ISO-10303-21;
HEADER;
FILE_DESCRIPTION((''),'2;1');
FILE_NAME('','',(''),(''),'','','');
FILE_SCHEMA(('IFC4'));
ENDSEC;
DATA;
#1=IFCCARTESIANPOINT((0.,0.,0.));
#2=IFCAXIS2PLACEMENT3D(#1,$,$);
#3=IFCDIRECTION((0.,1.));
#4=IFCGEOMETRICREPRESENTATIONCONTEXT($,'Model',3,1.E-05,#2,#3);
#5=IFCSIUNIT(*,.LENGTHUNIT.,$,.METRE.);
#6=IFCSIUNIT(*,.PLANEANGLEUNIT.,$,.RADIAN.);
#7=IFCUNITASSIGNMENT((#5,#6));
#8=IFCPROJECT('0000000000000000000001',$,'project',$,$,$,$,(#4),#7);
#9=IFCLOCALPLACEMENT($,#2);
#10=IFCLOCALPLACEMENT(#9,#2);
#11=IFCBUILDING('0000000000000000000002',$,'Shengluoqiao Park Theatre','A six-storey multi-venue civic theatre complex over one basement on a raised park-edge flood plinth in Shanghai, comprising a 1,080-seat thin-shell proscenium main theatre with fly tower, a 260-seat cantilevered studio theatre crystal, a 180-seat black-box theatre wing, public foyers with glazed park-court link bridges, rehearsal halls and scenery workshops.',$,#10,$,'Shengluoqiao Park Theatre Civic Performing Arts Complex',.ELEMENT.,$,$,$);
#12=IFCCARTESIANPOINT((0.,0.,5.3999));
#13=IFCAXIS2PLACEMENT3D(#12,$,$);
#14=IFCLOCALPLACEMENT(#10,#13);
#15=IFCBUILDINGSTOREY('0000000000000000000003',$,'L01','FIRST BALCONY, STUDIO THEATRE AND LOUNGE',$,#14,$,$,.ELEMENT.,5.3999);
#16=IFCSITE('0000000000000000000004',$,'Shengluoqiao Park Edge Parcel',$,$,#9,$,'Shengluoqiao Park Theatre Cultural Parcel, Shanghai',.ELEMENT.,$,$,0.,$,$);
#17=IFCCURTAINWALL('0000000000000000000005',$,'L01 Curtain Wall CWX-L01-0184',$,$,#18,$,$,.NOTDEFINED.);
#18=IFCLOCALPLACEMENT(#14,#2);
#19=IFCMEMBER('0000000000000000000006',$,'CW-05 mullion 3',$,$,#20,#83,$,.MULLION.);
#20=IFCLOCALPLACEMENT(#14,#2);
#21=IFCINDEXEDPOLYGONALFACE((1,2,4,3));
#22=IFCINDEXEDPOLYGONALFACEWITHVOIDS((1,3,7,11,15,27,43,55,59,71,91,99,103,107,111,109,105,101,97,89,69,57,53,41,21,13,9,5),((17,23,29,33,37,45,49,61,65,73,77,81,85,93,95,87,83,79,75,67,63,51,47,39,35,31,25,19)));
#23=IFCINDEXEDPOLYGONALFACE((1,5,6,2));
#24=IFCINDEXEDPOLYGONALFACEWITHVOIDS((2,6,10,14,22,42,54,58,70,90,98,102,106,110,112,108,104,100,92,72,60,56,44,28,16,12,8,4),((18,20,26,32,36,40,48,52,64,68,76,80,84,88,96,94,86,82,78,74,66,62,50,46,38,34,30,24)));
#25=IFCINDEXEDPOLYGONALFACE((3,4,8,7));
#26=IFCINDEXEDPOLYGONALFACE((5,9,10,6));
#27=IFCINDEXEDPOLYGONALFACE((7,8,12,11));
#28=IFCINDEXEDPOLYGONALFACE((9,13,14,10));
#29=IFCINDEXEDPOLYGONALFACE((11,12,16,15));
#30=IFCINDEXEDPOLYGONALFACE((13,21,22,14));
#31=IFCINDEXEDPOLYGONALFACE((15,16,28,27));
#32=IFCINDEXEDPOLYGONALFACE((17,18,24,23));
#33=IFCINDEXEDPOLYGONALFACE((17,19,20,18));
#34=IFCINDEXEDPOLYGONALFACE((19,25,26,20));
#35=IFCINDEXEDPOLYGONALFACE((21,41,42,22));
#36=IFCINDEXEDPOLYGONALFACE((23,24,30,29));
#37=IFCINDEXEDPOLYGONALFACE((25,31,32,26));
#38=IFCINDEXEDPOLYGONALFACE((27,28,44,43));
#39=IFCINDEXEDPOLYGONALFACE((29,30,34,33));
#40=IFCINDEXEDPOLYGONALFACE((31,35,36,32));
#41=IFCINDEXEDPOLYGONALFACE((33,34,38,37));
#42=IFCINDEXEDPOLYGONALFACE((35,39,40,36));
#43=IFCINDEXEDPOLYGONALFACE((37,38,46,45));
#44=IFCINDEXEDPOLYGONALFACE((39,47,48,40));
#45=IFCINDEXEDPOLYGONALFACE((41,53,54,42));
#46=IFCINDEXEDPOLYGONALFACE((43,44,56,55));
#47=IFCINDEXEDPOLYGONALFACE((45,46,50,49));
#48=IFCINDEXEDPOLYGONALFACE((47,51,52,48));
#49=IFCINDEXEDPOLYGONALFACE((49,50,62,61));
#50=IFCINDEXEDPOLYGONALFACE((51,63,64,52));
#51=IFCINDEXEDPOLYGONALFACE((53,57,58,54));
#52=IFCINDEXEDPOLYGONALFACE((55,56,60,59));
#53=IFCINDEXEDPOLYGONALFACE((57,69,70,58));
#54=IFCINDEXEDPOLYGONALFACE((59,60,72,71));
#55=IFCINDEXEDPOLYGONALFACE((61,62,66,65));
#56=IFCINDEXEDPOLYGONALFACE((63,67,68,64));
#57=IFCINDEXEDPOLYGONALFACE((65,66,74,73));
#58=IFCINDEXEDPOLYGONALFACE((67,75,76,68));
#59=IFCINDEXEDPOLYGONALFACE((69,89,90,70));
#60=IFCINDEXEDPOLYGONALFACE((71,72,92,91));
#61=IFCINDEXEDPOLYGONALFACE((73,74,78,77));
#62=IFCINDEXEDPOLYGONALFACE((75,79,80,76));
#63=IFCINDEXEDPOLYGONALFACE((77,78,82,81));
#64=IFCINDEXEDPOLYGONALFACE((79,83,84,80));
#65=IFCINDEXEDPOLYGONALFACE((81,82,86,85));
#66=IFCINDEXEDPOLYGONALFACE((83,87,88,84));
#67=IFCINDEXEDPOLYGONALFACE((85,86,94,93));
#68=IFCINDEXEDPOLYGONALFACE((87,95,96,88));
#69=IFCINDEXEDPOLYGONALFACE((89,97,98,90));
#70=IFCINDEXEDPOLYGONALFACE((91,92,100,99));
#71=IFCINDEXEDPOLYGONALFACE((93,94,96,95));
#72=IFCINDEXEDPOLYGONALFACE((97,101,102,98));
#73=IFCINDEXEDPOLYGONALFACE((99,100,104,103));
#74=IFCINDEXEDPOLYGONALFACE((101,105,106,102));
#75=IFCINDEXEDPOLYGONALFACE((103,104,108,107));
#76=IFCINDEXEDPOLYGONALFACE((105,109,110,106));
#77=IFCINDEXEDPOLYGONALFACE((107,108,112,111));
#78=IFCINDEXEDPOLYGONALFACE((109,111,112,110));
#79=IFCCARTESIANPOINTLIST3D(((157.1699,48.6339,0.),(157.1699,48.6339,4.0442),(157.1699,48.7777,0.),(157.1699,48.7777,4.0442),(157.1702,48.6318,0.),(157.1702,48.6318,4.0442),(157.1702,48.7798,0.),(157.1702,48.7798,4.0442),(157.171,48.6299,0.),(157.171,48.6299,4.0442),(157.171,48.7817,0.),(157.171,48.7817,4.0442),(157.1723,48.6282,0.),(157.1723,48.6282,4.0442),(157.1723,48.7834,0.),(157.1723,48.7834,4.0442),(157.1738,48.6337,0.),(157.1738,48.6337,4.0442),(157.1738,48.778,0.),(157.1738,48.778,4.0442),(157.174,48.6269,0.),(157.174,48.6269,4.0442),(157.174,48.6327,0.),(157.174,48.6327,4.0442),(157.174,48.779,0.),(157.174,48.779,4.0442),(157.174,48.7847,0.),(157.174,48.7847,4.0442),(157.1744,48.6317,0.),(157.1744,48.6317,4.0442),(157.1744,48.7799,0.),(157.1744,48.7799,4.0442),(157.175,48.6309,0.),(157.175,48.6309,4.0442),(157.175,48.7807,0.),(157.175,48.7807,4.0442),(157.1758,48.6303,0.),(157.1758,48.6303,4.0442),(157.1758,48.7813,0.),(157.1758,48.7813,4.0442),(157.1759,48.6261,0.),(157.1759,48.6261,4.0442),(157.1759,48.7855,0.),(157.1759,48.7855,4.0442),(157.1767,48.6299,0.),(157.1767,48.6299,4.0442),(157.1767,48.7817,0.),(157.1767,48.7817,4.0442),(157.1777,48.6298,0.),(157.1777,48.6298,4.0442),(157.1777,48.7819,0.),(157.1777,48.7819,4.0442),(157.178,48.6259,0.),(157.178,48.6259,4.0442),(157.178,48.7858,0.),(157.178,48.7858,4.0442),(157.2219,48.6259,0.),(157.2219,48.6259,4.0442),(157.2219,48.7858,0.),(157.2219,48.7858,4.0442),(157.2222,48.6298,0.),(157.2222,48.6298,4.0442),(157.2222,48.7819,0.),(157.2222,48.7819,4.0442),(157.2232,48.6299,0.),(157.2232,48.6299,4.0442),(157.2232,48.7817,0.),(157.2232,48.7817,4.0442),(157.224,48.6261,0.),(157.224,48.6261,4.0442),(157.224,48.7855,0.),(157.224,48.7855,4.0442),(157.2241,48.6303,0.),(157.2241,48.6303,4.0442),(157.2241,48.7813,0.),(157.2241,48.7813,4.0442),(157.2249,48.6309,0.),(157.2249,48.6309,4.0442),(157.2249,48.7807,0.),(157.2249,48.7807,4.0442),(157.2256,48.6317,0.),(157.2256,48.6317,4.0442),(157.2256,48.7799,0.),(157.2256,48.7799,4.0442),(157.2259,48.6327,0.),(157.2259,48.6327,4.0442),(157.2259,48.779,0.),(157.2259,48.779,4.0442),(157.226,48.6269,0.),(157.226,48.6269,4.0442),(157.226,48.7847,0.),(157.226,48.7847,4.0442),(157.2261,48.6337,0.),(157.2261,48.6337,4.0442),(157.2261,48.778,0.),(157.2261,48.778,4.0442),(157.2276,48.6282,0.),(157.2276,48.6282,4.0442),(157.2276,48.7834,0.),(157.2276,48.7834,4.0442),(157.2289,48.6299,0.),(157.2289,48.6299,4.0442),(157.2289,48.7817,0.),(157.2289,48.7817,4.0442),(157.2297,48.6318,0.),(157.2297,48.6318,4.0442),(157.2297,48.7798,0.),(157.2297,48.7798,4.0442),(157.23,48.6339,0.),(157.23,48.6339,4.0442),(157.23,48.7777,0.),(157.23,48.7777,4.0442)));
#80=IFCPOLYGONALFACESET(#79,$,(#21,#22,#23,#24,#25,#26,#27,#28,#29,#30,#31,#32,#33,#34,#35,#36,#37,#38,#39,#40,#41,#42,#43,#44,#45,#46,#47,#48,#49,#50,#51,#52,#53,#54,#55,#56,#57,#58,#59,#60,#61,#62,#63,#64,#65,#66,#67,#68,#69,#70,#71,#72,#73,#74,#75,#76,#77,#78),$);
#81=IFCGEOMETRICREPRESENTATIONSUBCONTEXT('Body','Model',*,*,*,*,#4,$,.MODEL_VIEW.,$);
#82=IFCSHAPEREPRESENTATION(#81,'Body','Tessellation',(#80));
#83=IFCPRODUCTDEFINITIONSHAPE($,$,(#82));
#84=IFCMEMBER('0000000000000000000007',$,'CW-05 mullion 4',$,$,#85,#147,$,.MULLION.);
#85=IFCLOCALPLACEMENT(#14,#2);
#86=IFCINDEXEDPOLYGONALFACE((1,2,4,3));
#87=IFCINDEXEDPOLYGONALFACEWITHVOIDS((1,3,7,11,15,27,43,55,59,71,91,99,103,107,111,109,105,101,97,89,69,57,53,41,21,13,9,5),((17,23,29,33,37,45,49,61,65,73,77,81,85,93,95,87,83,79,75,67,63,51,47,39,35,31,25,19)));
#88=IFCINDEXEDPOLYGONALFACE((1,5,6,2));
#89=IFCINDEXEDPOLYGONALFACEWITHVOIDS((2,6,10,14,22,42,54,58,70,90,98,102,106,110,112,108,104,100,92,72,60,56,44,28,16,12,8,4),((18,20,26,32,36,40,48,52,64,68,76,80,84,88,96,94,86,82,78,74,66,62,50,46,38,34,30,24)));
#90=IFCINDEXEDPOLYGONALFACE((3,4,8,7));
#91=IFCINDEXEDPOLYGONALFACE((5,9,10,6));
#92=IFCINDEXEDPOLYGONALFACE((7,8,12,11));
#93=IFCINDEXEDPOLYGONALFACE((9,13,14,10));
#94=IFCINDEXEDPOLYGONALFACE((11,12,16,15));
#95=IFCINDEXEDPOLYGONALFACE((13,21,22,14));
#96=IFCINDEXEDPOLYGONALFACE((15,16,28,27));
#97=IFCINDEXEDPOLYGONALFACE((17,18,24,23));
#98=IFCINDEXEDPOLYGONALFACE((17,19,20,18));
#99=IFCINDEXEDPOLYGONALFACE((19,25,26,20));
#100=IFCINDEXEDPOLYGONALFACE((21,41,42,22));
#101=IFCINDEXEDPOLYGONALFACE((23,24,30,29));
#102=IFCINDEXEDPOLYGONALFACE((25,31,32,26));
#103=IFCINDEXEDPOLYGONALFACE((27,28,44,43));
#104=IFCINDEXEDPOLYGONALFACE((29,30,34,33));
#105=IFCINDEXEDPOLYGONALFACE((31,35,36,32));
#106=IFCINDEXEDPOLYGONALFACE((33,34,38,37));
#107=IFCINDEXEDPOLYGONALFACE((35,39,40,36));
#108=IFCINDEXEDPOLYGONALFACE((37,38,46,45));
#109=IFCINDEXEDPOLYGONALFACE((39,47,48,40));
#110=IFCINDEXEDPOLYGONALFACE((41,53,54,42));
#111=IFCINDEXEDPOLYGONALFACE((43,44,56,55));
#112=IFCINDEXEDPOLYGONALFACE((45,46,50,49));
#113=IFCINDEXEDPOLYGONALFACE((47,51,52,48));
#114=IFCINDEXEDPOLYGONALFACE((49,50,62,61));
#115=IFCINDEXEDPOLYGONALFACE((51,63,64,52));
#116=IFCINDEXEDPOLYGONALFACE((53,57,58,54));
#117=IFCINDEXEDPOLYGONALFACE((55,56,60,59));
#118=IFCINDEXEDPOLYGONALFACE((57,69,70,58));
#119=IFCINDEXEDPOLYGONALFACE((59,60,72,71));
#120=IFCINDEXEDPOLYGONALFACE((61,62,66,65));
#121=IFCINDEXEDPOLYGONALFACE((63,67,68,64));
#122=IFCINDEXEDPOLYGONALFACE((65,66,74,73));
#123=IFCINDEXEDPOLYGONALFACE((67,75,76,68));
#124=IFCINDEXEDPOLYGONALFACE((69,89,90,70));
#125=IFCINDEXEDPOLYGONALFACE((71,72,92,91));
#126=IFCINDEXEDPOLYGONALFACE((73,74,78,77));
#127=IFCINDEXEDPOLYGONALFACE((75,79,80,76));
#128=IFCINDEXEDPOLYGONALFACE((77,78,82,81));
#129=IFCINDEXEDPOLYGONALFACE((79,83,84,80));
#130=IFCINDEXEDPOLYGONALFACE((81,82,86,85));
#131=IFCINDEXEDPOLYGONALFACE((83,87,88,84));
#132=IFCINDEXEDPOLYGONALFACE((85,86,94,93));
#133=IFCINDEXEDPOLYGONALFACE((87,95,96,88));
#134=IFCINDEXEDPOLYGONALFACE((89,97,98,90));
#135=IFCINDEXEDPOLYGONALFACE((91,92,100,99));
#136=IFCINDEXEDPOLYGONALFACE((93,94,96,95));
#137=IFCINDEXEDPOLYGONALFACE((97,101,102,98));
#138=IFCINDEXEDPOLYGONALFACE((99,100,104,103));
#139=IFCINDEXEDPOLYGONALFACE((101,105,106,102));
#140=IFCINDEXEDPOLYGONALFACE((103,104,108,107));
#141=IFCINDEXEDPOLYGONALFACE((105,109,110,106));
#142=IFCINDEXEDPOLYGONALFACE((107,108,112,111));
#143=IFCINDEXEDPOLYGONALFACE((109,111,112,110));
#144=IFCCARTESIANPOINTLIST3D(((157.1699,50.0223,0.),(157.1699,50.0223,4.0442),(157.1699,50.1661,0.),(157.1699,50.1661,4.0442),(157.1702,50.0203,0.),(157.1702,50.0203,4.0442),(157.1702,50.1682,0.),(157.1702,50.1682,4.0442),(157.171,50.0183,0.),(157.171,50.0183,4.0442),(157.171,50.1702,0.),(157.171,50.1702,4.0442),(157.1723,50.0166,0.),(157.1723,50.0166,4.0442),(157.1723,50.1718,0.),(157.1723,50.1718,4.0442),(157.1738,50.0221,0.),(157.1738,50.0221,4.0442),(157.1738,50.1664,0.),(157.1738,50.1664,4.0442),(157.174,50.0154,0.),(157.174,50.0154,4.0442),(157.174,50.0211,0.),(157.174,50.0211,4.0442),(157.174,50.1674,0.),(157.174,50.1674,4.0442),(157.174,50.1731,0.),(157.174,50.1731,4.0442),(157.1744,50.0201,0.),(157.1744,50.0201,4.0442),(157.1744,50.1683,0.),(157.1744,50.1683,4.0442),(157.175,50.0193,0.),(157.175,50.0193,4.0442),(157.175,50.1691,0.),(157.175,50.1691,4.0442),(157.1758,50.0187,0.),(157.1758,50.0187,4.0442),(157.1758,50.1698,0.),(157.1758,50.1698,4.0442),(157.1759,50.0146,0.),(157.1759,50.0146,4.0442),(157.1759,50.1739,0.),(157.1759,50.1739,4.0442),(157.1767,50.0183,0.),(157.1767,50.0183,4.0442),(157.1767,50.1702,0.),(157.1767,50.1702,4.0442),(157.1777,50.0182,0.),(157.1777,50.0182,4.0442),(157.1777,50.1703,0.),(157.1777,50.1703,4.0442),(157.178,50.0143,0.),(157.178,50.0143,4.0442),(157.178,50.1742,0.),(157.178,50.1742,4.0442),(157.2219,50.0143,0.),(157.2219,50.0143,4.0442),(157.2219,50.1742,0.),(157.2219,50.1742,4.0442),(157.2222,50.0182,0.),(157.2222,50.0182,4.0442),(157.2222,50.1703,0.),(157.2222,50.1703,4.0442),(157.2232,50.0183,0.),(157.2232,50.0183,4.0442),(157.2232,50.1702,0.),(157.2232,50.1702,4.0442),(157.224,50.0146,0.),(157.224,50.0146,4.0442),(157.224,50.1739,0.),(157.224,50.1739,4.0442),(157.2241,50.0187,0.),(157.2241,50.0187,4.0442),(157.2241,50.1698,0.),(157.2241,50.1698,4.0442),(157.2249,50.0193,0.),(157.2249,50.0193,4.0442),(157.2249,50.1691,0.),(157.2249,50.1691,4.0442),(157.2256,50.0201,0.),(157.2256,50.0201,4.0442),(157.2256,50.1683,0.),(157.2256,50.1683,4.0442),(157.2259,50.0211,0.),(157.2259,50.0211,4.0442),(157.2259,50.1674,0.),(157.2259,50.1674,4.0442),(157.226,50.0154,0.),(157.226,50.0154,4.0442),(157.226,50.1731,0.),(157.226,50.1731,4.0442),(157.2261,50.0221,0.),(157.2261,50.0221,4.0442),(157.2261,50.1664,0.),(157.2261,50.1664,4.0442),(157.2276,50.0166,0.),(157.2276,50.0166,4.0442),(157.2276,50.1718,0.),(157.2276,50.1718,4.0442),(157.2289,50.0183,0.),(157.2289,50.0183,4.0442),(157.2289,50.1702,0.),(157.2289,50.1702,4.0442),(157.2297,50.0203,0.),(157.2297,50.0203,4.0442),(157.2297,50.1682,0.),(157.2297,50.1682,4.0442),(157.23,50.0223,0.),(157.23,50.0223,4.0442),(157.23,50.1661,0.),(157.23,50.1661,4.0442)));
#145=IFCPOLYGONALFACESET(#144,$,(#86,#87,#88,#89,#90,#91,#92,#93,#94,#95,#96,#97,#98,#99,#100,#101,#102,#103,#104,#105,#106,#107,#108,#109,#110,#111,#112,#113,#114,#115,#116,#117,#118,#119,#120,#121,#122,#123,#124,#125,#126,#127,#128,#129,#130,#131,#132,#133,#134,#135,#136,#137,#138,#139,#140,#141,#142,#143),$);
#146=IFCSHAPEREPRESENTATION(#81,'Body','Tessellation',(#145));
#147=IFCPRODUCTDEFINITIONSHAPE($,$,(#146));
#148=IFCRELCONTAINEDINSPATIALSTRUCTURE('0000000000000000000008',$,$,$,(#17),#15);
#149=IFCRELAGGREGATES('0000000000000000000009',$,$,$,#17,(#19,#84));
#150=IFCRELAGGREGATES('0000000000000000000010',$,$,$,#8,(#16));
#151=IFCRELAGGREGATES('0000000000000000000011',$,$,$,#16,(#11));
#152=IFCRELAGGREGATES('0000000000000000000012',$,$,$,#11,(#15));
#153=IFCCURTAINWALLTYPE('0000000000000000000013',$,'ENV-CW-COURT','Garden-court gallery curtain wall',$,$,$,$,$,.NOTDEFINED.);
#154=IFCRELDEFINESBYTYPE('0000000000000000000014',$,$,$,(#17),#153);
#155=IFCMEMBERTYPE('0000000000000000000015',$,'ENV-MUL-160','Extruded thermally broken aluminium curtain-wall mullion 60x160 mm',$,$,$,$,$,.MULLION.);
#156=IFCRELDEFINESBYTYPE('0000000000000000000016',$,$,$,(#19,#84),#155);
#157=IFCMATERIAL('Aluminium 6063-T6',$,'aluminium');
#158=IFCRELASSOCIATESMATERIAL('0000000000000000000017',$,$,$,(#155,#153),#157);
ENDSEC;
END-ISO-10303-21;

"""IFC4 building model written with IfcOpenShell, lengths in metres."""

from ifc_helpers import new_model, si_unit, direction, frame, origin, origin_2d, place, context, subcontext, project, spatial, hollow_rectangle, extrude, material, material_profile, profile_set, type_object, element, aggregate, save


model = new_model("IFC4")

# Units and contexts
model_context = context("Model", 3, precision=1e-05, world=origin(), true_north=direction((0.0, 1.0)))
body_context = subcontext(model_context, "Body", "Model", "MODEL_VIEW")
ifc_project = project(units=[si_unit("LENGTHUNIT", "METRE"), si_unit("PLANEANGLEUNIT", "RADIAN")], contexts=[model_context])

# Site, building, storey
site_placement = place(None, origin())
site = spatial("IfcSite", under=ifc_project, at=site_placement, Name="Shengluoqiao Park Edge Parcel", LongName="Shengluoqiao Park Theatre Cultural Parcel, Shanghai", CompositionType="ELEMENT", RefElevation=0.0)
building_placement = place(site_placement, origin())
building = spatial("IfcBuilding", under=site, at=building_placement, Name="Shengluoqiao Park Theatre", Description="A six-storey multi-venue civic theatre complex over one basement on a raised park-edge flood plinth in Shanghai, comprising a 1,080-seat thin-shell proscenium main theatre with fly tower, a 260-seat cantilevered studio theatre crystal, a 180-seat black-box theatre wing, public foyers with glazed park-court link bridges, rehearsal halls and scenery workshops.", LongName="Shengluoqiao Park Theatre Civic Performing Arts Complex", CompositionType="ELEMENT")
storey_placement = place(building_placement, frame((0.0, 0.0, 5.3999)))
storey = spatial("IfcBuildingStorey", under=building, at=storey_placement, Name="L01", Description="FIRST BALCONY, STUDIO THEATRE AND LOUNGE", CompositionType="ELEMENT", Elevation=5.3999)

# Shared definitions
ifc_material_1 = material(Name="Aluminium 6063-T6", Category="aluminium")
ifc_material_profile_1 = material_profile(ifc_material_1, hollow_rectangle(XDim=0.0601, YDim=0.1599, WallThickness=0.0039, InnerFilletRadius=0.0039, OuterFilletRadius=0.0081, at=origin_2d()), Name="ALU MULLION 160x60x4")
ifc_profile_set_1 = profile_set([ifc_material_profile_1], Name="Aluminium 6063-T6")
member_type_1 = type_object("IfcMemberType", Name="ENV-MUL-160", Description="Extruded thermally broken aluminium curtain-wall mullion 60x160 mm", PredefinedType="MULLION", material=ifc_profile_set_1)

# Curtain wall, members
curtain_wall_type_1 = type_object("IfcCurtainWallType", Name="ENV-CW-COURT", Description="Garden-court gallery curtain wall", PredefinedType="NOTDEFINED", material=ifc_material_1)
curtain_wall_1_placement = place(storey_placement, origin())
curtain_wall_1 = element("IfcCurtainWall", 1, at=curtain_wall_1_placement, inside=storey, type_object=curtain_wall_type_1, Name="L01 Curtain Wall CWX-L01-0184", PredefinedType="NOTDEFINED")
member_1_placement = place(storey_placement, frame((157.2, 48.7058, 0.0), z_axis=(0.0, 0.0, 1.0), x_axis=(-1.0, 0.0, 0.0)))
member_1 = element("IfcMember", 2, at=member_1_placement, type_object=member_type_1, Name="CW-05 mullion 3", PredefinedType="MULLION", context=body_context, shape_type="SweptSolid", body=[
    extrude(hollow_rectangle(XDim=0.0601, YDim=0.1599, WallThickness=0.0039, InnerFilletRadius=0.0039, OuterFilletRadius=0.0081, at=origin_2d()), origin(), (0.0, 0.0, 1.0), 4.0442),
])
member_2_placement = place(storey_placement, frame((157.2, 50.0942, 0.0), z_axis=(0.0, 0.0, 1.0), x_axis=(-1.0, 0.0, 0.0)))
member_2 = element("IfcMember", 3, at=member_2_placement, type_object=member_type_1, Name="CW-05 mullion 4", PredefinedType="MULLION", context=body_context, shape_type="SweptSolid", body=[
    extrude(hollow_rectangle(XDim=0.0601, YDim=0.1599, WallThickness=0.0039, InnerFilletRadius=0.0039, OuterFilletRadius=0.0081, at=origin_2d()), origin(), (0.0, 0.0, 1.0), 4.0442),
])

aggregate(curtain_wall_1, [member_1, member_2])

save(model, "model.ifc")
